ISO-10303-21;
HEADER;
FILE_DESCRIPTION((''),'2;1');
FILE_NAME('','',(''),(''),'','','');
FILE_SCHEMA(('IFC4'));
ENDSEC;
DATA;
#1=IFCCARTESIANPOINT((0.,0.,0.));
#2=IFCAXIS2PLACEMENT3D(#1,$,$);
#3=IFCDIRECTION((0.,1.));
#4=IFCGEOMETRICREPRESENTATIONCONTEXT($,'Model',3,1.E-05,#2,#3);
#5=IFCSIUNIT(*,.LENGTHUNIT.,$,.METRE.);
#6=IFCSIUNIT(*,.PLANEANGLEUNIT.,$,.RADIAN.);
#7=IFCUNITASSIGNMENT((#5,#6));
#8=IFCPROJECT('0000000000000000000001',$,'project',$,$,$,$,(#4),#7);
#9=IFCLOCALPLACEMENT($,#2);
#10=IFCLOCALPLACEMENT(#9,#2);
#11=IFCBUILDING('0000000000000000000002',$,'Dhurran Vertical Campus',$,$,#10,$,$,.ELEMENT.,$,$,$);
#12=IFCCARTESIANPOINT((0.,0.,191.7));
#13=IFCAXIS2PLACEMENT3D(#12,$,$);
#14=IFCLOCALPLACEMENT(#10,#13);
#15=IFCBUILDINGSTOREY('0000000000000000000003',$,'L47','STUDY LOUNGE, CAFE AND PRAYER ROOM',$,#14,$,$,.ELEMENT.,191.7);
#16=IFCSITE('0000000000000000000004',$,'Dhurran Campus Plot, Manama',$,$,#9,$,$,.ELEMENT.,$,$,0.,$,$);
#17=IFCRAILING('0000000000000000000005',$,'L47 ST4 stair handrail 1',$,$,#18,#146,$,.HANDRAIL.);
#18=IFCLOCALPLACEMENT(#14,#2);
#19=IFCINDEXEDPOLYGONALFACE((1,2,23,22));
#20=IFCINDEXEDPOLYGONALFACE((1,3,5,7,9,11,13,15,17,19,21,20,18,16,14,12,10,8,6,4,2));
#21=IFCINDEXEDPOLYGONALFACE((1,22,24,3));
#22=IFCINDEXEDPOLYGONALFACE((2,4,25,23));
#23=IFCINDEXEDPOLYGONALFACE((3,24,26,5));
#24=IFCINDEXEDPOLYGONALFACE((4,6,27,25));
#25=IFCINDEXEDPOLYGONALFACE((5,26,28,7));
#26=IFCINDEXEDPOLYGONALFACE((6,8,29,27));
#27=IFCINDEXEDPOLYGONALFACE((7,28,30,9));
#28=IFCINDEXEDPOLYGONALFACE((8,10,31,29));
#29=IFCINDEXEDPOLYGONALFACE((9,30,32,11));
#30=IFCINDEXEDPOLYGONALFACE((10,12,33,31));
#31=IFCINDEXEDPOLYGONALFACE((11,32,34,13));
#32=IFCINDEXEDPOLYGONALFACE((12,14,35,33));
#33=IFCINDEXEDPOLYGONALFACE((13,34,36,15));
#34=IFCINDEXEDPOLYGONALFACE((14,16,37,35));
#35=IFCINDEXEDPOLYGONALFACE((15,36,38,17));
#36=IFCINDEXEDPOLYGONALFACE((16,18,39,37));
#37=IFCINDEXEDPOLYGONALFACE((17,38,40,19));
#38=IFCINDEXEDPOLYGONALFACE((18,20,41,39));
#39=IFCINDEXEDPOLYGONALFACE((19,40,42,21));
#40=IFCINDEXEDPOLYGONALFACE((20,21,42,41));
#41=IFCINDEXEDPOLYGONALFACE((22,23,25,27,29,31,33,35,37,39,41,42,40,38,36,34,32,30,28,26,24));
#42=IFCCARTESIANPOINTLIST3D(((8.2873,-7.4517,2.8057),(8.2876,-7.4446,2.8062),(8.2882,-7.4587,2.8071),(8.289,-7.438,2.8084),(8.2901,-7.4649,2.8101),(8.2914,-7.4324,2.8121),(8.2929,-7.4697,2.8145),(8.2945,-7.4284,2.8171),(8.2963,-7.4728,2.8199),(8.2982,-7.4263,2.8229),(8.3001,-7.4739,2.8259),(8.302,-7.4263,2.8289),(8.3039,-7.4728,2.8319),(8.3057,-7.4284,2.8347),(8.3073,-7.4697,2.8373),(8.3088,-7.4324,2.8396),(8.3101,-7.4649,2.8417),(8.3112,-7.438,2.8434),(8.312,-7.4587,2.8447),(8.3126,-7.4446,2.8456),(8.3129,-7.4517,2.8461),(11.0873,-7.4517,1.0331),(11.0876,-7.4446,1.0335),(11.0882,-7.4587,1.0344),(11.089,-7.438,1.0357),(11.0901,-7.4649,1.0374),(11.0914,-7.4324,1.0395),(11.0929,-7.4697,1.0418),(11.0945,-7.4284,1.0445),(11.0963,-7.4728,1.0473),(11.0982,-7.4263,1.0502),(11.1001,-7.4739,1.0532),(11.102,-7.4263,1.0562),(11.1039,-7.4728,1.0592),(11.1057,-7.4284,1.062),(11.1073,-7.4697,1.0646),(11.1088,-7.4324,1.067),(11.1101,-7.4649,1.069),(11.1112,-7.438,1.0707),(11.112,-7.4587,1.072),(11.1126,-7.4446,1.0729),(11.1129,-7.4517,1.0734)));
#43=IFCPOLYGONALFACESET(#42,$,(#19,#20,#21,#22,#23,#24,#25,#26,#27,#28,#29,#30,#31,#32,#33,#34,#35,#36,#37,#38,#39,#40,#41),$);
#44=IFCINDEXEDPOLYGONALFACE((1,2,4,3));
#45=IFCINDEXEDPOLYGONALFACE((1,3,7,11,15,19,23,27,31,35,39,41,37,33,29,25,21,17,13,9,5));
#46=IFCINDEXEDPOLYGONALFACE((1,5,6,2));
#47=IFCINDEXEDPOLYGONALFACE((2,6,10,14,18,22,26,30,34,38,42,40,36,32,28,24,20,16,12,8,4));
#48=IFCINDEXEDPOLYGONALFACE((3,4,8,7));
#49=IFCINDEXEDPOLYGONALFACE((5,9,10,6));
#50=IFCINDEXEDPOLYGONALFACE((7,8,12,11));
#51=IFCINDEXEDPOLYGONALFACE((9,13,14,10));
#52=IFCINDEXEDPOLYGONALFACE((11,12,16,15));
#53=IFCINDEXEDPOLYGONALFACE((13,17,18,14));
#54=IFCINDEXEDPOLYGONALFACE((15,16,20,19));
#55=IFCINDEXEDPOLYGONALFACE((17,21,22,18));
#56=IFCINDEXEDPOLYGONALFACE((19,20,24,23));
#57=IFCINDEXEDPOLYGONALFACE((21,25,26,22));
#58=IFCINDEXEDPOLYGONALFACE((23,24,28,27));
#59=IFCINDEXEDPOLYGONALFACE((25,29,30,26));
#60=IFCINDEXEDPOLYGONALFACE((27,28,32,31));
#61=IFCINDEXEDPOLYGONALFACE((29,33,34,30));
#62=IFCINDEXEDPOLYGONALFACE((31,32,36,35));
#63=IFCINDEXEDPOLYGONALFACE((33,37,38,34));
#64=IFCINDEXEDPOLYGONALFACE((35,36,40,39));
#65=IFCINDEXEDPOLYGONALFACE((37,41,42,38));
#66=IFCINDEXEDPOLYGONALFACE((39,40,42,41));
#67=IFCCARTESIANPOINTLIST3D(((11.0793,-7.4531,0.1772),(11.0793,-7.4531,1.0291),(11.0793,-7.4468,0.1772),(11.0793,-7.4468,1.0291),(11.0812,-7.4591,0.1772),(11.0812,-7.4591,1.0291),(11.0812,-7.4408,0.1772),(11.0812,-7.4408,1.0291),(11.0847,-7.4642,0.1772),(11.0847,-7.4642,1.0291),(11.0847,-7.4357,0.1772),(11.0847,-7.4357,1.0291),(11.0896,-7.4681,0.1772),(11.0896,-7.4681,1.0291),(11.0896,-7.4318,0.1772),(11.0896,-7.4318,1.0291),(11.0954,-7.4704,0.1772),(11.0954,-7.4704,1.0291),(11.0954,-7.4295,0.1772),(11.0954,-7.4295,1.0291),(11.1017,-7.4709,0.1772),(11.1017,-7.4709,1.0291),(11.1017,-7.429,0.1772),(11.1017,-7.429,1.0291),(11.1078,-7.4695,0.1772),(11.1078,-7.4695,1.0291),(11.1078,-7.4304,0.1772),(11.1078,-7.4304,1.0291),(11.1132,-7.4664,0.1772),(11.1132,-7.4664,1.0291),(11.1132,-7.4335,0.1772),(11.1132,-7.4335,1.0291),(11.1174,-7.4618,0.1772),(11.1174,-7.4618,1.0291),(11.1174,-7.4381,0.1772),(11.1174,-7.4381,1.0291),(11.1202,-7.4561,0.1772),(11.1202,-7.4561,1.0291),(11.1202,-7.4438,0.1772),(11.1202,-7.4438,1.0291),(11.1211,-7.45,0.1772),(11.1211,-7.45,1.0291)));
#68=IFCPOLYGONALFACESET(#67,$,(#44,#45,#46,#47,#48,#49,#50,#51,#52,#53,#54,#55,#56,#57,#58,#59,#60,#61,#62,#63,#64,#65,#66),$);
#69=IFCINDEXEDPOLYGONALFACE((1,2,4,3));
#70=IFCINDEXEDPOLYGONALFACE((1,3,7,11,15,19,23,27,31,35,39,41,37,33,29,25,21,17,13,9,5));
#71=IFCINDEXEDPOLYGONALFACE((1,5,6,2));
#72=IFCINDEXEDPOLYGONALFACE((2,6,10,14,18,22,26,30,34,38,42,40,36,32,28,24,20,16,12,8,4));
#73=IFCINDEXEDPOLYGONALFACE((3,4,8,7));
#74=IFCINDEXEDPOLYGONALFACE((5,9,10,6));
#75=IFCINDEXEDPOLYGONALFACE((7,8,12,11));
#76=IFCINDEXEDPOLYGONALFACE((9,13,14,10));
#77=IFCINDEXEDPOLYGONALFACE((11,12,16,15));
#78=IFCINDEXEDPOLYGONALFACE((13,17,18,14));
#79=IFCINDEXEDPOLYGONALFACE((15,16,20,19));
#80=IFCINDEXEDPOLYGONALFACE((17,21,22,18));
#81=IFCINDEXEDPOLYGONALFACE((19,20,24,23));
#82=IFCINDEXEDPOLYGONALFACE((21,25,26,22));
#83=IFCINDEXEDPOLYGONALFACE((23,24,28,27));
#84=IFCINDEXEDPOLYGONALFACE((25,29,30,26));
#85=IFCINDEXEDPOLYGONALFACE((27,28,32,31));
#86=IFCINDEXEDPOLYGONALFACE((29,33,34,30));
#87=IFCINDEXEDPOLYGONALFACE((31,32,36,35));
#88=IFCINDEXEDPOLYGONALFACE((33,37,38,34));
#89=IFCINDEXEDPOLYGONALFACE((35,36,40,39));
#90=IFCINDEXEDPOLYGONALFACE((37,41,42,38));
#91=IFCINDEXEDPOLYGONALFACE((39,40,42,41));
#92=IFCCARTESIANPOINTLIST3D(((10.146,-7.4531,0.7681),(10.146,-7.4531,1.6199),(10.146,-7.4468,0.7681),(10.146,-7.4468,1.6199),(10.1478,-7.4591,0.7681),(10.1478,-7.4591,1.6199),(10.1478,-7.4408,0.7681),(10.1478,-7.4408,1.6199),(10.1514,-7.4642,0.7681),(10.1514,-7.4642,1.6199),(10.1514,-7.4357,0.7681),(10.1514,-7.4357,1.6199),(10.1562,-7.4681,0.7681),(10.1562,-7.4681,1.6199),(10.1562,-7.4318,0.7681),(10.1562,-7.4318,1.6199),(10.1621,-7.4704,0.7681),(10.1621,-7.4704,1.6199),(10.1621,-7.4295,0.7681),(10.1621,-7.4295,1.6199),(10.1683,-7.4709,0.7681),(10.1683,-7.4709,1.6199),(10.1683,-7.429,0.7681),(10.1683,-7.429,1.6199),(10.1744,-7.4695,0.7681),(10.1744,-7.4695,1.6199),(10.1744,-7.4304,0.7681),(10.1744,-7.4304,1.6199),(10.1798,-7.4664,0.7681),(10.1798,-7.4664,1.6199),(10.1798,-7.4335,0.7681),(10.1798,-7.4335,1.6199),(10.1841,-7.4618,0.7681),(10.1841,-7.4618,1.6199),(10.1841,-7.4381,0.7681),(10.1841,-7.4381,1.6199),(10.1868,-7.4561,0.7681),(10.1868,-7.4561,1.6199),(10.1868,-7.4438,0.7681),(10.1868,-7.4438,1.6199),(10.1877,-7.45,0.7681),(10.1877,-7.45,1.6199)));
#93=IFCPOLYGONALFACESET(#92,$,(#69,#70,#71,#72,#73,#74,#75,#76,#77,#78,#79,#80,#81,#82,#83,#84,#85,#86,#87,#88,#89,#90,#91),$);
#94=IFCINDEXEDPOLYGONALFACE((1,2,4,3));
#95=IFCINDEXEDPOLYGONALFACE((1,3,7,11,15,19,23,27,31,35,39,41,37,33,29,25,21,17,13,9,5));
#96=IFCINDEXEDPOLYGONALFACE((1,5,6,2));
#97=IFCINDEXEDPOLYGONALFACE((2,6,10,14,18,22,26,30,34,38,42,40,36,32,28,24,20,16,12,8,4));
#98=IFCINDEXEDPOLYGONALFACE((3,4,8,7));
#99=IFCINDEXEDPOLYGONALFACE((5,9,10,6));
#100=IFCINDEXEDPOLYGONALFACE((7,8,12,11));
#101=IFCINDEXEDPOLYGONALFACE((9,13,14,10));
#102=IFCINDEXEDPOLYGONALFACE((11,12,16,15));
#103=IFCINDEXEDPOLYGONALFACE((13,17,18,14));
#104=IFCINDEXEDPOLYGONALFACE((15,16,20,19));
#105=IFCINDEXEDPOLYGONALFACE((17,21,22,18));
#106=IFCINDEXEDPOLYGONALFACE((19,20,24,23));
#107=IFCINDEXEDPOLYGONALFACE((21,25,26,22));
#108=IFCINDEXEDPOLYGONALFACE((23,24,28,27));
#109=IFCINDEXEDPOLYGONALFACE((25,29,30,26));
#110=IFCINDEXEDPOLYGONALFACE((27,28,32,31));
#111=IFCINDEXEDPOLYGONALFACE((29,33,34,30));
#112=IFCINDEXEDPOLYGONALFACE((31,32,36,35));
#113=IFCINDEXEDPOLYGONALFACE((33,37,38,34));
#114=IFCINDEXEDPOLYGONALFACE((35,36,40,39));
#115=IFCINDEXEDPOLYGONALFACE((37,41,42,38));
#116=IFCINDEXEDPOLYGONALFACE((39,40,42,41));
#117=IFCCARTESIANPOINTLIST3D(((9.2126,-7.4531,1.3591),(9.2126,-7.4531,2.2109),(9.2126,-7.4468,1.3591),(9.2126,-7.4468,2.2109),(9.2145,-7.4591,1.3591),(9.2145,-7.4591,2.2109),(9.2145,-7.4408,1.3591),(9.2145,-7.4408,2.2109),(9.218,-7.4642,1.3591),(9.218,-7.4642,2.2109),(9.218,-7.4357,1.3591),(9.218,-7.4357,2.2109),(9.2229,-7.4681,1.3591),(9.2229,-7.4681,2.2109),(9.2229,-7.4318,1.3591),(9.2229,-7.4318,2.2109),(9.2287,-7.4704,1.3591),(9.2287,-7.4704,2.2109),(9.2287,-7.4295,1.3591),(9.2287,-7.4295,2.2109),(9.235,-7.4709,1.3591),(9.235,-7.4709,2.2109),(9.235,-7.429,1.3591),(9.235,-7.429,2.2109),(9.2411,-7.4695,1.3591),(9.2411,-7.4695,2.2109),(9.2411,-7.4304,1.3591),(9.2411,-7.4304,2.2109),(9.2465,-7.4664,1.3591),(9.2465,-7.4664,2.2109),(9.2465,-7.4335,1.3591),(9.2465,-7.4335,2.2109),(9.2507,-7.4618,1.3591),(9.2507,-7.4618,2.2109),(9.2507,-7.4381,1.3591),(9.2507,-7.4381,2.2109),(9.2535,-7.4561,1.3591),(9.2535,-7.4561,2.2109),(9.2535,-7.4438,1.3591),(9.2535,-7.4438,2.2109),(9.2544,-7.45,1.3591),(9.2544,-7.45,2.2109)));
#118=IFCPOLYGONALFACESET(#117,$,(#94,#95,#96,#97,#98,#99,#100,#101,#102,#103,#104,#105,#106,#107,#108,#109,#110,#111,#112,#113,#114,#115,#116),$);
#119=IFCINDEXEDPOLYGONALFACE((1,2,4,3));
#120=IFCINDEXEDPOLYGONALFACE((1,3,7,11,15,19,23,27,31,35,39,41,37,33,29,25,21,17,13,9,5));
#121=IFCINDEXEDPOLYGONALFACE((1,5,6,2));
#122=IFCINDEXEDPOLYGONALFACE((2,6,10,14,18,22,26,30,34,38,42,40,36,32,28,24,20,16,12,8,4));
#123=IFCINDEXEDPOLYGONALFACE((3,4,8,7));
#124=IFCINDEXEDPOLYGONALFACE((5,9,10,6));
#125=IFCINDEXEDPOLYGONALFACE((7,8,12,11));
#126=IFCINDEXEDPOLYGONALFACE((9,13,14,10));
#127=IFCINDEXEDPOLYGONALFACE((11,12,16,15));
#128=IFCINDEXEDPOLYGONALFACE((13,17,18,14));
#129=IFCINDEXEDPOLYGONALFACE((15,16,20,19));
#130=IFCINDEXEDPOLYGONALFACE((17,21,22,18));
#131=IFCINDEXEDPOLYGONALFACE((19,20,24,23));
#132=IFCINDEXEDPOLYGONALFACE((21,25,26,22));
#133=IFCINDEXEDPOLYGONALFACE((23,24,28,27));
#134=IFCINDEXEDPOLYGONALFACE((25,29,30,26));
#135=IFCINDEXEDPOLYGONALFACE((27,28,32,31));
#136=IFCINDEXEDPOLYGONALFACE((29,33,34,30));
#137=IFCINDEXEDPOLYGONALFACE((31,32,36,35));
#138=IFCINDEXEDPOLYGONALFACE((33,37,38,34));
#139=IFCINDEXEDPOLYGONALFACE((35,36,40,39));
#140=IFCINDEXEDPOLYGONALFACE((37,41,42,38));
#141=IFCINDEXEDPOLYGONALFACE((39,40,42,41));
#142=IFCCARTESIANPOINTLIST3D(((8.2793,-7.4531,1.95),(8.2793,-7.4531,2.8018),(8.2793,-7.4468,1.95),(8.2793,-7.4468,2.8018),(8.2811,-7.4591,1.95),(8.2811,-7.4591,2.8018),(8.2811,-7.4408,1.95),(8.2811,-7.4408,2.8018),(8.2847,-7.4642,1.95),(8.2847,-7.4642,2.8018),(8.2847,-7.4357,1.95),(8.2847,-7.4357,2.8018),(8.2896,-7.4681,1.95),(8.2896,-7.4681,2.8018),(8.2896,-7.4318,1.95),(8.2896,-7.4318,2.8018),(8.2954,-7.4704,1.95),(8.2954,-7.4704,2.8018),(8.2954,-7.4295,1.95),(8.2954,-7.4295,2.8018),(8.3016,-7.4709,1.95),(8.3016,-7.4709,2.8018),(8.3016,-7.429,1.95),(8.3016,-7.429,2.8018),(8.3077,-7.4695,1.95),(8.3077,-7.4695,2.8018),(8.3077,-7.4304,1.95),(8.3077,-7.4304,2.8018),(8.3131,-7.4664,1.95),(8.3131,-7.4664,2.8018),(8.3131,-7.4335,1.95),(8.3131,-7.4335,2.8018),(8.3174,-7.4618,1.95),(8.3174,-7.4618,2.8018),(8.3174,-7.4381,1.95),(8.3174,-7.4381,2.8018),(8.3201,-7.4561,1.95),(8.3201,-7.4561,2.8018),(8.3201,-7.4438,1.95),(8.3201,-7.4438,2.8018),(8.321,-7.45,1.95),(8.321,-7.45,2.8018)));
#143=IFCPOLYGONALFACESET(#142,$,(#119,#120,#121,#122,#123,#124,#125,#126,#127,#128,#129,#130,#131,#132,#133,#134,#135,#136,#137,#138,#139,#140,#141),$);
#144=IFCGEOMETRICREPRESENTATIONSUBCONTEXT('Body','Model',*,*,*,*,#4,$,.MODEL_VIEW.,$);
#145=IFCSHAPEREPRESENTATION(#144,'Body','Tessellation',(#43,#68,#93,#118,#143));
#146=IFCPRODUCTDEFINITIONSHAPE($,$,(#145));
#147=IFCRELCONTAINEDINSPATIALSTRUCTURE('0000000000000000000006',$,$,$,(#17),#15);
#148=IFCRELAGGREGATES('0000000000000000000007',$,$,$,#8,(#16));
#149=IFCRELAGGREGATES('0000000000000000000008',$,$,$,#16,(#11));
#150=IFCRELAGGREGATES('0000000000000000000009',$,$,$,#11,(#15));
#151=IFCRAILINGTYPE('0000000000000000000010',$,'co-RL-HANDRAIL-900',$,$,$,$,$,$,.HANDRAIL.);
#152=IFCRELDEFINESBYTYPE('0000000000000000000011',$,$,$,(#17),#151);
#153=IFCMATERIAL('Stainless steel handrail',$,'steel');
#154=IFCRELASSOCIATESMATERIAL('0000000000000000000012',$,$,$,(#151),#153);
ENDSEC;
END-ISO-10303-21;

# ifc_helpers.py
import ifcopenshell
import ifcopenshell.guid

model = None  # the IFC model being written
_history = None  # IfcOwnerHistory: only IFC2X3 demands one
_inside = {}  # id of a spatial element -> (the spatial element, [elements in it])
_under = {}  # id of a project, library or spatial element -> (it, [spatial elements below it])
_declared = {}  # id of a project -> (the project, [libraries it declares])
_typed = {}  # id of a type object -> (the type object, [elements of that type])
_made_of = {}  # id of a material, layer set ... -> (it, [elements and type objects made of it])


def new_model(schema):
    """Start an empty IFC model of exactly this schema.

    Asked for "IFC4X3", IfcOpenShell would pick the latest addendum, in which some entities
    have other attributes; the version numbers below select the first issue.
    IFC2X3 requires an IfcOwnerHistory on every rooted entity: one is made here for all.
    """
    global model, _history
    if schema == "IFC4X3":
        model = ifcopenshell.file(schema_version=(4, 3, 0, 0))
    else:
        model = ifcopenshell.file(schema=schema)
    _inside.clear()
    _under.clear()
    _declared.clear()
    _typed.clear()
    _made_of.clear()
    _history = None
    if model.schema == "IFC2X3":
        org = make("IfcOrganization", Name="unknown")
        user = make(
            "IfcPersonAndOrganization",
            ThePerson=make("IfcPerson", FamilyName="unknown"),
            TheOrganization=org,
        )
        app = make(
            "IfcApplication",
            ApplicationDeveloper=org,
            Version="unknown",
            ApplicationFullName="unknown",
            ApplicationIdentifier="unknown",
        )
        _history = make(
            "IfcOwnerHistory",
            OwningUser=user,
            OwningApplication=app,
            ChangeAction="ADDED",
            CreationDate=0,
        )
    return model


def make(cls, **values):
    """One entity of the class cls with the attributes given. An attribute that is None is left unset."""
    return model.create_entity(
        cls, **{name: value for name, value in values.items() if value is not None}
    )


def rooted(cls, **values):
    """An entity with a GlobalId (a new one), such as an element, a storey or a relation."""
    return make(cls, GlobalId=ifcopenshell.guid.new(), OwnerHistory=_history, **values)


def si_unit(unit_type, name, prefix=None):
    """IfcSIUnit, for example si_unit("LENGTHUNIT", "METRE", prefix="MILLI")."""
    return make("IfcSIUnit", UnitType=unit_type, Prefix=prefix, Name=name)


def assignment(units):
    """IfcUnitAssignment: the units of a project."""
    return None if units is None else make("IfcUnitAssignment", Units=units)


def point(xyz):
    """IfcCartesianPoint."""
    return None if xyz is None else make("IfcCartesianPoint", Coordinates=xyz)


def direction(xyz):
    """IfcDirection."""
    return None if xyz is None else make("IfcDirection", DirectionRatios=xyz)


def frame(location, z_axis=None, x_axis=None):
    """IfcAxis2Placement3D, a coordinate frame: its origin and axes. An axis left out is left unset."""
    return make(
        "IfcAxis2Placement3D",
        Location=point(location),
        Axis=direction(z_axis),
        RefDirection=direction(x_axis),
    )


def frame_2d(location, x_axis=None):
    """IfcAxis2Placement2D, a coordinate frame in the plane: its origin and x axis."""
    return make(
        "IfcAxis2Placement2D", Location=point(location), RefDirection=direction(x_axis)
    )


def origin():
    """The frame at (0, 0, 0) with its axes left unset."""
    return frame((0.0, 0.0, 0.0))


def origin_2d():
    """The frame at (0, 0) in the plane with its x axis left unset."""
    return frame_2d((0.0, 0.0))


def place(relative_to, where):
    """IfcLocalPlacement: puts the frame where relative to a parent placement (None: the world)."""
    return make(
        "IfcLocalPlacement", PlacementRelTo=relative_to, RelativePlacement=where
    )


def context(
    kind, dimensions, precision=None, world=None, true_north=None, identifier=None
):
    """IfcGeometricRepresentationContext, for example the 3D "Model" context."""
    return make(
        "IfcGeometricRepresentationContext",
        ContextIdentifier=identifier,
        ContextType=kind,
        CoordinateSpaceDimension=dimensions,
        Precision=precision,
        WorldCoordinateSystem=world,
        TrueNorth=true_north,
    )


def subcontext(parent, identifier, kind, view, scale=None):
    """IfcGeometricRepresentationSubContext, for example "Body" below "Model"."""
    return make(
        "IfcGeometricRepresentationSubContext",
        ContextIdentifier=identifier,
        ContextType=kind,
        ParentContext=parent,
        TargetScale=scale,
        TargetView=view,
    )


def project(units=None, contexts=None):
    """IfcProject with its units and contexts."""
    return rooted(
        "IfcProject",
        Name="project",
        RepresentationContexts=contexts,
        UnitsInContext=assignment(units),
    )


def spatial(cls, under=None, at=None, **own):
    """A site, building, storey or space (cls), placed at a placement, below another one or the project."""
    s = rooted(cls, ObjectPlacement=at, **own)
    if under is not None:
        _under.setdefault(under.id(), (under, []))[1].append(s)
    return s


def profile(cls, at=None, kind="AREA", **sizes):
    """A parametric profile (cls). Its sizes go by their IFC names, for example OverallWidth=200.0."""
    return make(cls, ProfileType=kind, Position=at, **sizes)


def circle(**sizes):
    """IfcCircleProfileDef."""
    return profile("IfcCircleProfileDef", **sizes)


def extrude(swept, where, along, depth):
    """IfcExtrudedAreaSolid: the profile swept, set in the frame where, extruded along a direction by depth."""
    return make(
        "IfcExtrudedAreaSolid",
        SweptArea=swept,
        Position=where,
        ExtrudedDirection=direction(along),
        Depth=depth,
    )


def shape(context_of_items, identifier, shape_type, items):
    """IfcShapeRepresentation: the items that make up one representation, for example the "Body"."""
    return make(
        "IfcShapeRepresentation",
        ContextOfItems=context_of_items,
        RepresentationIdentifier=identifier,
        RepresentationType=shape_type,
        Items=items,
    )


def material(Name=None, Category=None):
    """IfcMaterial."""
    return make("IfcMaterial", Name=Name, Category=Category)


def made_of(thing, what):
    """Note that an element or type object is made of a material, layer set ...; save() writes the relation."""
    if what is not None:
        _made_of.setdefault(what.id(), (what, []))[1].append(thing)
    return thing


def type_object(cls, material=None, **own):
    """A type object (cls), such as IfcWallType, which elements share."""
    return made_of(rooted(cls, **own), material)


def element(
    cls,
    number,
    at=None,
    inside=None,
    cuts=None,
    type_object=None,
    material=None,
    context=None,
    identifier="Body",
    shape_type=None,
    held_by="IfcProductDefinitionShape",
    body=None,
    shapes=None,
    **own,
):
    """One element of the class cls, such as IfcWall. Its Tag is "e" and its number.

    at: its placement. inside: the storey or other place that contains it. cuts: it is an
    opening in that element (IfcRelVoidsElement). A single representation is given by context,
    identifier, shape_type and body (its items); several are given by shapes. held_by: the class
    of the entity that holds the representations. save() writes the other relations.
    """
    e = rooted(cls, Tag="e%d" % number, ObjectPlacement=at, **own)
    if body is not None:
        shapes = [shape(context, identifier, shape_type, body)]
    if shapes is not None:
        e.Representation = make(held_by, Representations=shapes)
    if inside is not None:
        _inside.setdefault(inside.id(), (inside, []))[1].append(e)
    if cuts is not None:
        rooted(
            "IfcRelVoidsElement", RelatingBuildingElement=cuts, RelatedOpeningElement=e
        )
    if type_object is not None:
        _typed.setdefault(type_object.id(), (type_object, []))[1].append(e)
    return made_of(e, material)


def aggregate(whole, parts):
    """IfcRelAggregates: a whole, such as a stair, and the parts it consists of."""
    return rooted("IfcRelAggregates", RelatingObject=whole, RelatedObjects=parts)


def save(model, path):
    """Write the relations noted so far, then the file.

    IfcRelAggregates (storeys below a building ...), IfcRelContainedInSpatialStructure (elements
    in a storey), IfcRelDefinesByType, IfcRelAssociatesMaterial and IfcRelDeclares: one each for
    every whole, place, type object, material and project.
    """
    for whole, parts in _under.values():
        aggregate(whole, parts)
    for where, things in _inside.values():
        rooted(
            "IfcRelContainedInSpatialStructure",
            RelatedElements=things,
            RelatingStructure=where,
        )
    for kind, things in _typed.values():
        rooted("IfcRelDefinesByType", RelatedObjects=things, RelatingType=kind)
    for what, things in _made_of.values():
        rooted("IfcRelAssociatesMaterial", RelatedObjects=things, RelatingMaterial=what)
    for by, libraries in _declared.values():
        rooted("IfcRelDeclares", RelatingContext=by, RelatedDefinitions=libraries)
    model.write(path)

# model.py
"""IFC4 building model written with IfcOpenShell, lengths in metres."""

from ifc_helpers import new_model, si_unit, direction, frame, origin, origin_2d, place, context, subcontext, project, spatial, circle, extrude, material, type_object, element, save


model = new_model("IFC4")

# Units and contexts
model_context = context("Model", 3, precision=1e-05, world=origin(), true_north=direction((0.0, 1.0)))
body_context = subcontext(model_context, "Body", "Model", "MODEL_VIEW")
ifc_project = project(units=[si_unit("LENGTHUNIT", "METRE"), si_unit("PLANEANGLEUNIT", "RADIAN")], contexts=[model_context])

# Site, building, storey
site_placement = place(None, origin())
site = spatial("IfcSite", under=ifc_project, at=site_placement, Name="Dhurran Campus Plot, Manama", CompositionType="ELEMENT", RefElevation=0.0)
building_placement = place(site_placement, origin())
building = spatial("IfcBuilding", under=site, at=building_placement, Name="Dhurran Vertical Campus", CompositionType="ELEMENT")
storey_placement = place(building_placement, frame((0.0, 0.0, 191.7)))
storey = spatial("IfcBuildingStorey", under=building, at=storey_placement, Name="L47", Description="STUDY LOUNGE, CAFE AND PRAYER ROOM", CompositionType="ELEMENT", Elevation=191.7)

# Railing
ifc_material_1 = material(Name="Stainless steel handrail", Category="steel")
railing_type_1 = type_object("IfcRailingType", Name="co-RL-HANDRAIL-900", PredefinedType="HANDRAIL", material=ifc_material_1)
railing_1_placement = place(storey_placement, frame((11.1001, -7.45, 0.1772)))
element("IfcRailing", 1, at=railing_1_placement, inside=storey, type_object=railing_type_1, Name="L47 ST4 stair handrail 1", PredefinedType="HANDRAIL", context=body_context, shape_type="SweptSolid", body=[
    extrude(circle(Radius=0.0239, at=origin_2d()), frame((0.0, 0.0, 0.876), z_axis=(-0.844909, 0.0, 0.53491), x_axis=(0.0, -1.0, 0.0)), (0.0, 0.0, 1.0), 3.314),
    extrude(circle(Radius=0.021, at=origin_2d()), origin(), (0.0, 0.0, 1.0), 0.8518),
    extrude(circle(Radius=0.021, at=origin_2d()), frame((-0.9333, 0.0, 0.5908)), (0.0, 0.0, 1.0), 0.8518),
    extrude(circle(Radius=0.021, at=origin_2d()), frame((-1.8667, 0.0, 1.1819)), (0.0, 0.0, 1.0), 0.8518),
    extrude(circle(Radius=0.021, at=origin_2d()), frame((-2.8, 0.0, 1.7727)), (0.0, 0.0, 1.0), 0.8518),
])

save(model, "model.ifc")
